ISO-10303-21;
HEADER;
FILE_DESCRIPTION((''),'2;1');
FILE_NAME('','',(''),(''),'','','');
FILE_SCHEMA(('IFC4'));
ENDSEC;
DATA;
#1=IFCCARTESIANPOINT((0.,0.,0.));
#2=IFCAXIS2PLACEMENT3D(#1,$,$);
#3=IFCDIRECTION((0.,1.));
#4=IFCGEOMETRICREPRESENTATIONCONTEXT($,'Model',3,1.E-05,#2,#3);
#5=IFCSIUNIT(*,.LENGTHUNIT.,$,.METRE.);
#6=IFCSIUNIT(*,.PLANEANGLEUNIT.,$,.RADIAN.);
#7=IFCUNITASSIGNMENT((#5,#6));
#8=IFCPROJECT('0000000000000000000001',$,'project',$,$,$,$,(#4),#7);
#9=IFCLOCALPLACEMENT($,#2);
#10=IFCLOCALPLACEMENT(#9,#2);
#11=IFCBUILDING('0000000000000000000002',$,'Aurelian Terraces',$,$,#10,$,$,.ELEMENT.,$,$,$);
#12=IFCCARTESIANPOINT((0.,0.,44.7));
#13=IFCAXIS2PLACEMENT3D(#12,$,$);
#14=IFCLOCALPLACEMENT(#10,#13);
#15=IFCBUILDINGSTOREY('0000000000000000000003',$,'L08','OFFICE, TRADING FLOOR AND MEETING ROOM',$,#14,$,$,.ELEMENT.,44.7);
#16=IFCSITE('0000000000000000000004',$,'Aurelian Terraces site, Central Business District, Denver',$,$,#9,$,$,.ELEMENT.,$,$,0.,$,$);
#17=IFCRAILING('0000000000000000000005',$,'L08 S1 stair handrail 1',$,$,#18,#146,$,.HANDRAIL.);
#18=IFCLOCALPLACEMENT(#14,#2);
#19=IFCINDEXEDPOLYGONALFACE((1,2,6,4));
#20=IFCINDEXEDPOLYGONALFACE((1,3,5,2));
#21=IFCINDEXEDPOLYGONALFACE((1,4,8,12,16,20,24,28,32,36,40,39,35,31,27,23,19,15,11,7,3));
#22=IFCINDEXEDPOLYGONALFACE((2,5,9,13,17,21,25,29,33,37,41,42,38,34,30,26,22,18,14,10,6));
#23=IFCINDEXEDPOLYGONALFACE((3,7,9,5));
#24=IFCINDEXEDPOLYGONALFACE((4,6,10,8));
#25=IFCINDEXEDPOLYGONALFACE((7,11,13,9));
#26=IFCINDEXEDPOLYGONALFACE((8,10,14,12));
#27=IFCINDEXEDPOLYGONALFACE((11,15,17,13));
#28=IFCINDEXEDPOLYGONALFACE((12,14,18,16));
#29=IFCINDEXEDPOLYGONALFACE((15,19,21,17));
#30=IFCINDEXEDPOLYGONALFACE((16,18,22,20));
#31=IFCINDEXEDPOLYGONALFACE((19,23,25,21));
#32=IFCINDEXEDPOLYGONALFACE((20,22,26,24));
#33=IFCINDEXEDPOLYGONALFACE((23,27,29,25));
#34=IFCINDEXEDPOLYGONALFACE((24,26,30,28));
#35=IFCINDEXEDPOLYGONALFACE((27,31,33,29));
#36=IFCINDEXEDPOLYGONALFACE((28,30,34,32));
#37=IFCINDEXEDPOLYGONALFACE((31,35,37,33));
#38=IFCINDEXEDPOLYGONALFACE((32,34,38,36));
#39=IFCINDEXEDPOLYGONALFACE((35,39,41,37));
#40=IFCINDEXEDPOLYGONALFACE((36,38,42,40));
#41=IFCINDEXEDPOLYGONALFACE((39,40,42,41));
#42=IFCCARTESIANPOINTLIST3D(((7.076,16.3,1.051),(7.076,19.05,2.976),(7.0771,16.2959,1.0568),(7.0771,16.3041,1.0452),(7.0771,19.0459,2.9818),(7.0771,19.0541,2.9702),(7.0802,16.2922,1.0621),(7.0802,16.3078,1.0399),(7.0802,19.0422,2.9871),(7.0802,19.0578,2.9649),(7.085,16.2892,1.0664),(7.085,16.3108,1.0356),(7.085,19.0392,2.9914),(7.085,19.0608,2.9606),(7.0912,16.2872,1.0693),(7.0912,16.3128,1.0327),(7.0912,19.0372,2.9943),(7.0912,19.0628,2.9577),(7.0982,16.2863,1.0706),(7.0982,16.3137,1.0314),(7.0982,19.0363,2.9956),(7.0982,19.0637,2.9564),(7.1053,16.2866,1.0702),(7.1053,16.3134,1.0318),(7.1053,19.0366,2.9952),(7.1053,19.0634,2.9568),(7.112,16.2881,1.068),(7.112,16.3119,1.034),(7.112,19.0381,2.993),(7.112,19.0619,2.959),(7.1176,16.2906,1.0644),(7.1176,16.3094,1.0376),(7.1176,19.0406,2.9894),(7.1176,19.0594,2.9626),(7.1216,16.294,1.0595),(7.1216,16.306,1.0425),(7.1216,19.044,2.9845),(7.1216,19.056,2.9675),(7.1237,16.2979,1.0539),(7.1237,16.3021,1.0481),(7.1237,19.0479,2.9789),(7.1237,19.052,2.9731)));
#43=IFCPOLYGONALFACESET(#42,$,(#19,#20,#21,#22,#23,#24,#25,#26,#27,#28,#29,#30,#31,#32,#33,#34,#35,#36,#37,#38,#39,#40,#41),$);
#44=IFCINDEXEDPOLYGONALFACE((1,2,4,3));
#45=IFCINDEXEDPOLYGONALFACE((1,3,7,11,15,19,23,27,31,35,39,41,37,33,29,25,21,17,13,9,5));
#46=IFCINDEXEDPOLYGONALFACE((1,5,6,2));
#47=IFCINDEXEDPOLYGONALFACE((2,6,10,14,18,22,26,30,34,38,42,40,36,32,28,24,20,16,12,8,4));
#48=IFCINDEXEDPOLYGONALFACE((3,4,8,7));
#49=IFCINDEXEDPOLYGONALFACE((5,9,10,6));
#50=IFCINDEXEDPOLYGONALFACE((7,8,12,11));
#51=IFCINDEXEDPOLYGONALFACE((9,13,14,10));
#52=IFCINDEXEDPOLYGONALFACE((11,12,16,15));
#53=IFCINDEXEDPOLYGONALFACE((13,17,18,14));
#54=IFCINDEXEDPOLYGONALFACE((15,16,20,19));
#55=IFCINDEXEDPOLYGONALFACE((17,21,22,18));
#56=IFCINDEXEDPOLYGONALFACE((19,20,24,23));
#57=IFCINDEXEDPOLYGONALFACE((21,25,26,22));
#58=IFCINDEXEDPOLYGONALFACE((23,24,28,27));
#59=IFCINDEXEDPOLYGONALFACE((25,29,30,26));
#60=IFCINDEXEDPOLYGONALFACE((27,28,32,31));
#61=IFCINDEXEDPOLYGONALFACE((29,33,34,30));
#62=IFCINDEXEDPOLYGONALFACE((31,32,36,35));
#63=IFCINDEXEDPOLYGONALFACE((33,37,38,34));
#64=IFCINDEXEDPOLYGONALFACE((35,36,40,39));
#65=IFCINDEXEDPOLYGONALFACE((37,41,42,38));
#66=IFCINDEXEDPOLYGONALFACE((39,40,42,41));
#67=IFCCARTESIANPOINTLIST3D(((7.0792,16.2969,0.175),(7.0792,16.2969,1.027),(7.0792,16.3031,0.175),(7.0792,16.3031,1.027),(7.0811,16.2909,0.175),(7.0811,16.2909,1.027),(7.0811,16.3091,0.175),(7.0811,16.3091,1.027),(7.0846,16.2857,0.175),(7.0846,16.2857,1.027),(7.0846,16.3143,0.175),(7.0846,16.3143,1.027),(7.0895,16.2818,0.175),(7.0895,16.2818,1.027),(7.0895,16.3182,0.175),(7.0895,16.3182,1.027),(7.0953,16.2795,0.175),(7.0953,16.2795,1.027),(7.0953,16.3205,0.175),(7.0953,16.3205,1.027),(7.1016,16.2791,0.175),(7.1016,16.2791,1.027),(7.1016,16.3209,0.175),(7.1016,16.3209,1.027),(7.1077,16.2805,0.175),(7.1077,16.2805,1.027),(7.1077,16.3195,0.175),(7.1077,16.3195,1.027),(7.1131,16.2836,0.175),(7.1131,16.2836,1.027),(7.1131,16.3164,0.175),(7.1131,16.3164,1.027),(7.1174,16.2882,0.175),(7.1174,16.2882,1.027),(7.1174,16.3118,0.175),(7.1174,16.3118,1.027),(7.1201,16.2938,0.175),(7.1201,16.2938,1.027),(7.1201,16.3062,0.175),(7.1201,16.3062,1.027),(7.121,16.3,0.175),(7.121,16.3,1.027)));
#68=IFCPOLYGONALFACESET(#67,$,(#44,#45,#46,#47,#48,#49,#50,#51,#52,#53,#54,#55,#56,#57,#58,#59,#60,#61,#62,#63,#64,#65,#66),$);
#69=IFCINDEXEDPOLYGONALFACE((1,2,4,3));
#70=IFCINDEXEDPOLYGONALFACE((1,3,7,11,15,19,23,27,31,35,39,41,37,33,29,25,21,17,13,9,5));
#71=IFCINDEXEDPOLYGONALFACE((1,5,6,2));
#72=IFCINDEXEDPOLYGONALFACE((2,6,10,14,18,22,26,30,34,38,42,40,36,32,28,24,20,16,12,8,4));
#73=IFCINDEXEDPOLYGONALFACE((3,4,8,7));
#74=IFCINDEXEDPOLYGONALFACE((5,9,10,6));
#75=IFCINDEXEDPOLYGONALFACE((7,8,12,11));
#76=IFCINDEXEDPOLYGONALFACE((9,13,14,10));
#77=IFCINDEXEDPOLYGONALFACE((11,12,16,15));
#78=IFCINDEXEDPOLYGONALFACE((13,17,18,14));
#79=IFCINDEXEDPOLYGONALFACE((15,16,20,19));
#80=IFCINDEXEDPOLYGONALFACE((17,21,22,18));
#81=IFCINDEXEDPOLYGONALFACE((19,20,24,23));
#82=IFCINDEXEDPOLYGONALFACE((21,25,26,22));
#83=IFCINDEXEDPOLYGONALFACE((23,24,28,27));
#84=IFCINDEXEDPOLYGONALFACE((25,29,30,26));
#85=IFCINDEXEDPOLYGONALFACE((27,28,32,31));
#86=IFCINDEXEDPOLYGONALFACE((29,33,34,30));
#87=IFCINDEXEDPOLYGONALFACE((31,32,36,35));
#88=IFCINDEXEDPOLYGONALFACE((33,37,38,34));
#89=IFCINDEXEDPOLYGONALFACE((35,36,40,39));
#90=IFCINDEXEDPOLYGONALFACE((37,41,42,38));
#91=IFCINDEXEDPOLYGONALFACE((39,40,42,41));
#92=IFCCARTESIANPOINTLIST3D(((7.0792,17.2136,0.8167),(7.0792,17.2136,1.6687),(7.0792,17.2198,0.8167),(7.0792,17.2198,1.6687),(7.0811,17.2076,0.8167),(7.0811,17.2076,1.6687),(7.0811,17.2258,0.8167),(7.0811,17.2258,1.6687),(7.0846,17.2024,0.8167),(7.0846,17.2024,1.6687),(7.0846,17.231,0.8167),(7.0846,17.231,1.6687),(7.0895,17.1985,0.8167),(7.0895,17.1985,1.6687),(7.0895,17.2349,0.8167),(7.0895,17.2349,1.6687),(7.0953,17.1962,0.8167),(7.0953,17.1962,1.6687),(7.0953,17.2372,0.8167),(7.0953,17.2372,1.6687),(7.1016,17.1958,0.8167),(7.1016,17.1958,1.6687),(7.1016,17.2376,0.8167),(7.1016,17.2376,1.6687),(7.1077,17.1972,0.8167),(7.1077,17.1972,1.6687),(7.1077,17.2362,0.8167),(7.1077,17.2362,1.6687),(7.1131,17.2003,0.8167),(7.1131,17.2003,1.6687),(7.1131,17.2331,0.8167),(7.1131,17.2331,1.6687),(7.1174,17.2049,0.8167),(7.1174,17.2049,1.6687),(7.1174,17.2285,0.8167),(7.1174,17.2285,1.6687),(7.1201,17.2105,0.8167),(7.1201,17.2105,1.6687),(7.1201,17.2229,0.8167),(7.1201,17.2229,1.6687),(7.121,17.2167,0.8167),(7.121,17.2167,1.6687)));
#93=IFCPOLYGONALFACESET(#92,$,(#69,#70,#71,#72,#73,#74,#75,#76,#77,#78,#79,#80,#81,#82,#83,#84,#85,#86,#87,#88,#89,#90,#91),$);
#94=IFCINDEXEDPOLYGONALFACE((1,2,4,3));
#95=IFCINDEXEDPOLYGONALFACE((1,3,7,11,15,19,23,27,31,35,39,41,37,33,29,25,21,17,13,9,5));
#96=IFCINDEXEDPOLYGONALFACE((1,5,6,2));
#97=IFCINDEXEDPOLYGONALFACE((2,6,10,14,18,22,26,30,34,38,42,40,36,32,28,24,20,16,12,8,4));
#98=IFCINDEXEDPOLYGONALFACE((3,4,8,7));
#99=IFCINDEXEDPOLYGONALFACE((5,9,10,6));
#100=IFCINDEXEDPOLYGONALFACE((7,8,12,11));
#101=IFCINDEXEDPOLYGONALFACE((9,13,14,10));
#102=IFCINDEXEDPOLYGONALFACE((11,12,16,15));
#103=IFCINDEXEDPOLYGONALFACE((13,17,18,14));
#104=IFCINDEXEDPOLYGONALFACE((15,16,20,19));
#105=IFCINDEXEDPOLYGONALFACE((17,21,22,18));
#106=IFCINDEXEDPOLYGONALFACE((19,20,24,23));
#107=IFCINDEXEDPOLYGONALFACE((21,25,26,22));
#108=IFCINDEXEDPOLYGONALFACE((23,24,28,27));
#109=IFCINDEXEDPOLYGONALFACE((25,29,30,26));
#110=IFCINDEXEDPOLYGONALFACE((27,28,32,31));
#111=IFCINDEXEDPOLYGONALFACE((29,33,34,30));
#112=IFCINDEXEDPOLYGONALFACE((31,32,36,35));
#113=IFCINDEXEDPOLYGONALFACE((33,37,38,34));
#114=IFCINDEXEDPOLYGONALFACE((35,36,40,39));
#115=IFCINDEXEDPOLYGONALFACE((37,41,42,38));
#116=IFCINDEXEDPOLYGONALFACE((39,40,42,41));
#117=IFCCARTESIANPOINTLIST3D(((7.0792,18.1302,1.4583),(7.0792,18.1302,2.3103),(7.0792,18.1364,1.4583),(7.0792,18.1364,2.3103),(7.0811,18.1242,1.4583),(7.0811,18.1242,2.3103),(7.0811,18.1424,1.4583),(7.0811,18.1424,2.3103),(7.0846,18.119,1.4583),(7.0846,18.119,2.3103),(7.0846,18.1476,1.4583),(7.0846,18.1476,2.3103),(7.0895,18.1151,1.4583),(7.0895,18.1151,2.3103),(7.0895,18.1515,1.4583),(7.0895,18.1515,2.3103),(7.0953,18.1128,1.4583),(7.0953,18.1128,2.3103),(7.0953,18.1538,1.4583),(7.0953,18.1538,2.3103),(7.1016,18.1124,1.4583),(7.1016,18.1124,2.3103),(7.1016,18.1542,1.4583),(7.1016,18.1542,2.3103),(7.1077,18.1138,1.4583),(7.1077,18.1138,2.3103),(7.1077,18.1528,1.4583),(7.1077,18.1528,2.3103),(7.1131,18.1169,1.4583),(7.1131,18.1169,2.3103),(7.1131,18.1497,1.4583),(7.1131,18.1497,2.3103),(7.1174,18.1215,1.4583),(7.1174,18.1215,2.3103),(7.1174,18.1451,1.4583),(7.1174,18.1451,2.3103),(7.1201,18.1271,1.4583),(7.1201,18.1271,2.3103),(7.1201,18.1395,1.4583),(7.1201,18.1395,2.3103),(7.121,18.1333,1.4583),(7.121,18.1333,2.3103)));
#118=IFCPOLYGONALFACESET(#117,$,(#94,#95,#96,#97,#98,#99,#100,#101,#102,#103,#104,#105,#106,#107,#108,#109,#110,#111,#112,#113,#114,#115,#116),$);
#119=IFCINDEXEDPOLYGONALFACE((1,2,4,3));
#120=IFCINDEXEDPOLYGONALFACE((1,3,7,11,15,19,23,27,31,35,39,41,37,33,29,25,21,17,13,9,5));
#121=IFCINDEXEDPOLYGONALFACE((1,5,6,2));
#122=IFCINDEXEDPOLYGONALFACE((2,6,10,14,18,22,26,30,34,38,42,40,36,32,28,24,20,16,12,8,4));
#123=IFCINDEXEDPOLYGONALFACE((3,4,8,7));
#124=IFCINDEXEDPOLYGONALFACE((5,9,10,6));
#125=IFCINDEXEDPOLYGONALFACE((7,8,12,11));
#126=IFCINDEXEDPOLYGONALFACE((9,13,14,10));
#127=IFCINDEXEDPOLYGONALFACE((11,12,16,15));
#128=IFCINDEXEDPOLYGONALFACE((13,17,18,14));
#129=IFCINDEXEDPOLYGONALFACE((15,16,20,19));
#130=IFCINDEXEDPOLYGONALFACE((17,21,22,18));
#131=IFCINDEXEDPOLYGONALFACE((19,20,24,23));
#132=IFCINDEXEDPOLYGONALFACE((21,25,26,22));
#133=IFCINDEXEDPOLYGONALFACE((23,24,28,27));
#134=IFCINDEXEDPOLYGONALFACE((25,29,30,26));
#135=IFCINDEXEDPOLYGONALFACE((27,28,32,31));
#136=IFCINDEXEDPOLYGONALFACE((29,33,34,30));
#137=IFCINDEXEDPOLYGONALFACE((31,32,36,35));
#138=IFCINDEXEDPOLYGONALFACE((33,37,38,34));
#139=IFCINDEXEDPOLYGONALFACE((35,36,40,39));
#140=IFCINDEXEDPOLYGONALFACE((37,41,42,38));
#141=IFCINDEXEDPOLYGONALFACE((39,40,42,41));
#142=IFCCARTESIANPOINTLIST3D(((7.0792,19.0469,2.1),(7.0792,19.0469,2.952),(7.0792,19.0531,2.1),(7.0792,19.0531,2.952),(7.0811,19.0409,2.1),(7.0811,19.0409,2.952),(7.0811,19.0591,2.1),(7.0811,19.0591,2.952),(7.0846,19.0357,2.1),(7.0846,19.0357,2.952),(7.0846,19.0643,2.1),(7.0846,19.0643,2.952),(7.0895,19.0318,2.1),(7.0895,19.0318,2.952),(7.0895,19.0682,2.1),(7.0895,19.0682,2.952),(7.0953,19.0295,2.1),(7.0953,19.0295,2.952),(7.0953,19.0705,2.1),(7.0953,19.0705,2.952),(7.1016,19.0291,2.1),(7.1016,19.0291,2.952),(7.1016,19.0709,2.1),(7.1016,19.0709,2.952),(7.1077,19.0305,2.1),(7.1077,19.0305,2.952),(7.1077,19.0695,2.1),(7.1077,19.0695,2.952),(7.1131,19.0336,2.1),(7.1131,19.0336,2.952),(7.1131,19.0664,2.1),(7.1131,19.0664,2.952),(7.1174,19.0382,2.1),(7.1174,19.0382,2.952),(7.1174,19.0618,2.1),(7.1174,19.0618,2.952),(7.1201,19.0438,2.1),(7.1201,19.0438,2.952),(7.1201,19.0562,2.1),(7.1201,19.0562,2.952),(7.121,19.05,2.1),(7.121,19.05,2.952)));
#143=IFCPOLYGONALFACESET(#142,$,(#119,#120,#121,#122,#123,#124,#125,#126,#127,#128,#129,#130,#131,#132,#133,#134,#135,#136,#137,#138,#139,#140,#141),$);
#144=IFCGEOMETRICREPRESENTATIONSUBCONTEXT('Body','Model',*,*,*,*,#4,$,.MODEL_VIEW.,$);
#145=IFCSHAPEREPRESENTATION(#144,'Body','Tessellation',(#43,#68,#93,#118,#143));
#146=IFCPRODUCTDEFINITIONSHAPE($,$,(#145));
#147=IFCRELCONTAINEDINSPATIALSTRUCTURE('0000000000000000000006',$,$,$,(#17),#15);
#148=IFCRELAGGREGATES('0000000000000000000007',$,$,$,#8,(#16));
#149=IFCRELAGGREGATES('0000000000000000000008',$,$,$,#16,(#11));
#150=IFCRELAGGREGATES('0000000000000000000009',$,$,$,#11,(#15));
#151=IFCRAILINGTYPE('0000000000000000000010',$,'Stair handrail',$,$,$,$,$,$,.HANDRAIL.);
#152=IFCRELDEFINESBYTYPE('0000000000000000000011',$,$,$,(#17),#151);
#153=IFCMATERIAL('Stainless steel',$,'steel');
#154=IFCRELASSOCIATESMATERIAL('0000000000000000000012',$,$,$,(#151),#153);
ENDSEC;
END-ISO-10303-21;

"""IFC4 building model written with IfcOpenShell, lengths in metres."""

from ifc_helpers import new_model, si_unit, direction, frame, origin, origin_2d, place, context, subcontext, project, spatial, circle, extrude, source, transform, mapped, material, type_object, element, save


model = new_model("IFC4")

# Units and contexts
model_context = context("Model", 3, precision=1e-05, world=origin(), true_north=direction((0.0, 1.0)))
body_context = subcontext(model_context, "Body", "Model", "MODEL_VIEW")
ifc_project = project(units=[si_unit("LENGTHUNIT", "METRE"), si_unit("PLANEANGLEUNIT", "RADIAN")], contexts=[model_context])

# Site, building, storey
site_placement = place(None, origin())
site = spatial("IfcSite", under=ifc_project, at=site_placement, Name="Aurelian Terraces site, Central Business District, Denver", CompositionType="ELEMENT", RefElevation=0.0)
building_placement = place(site_placement, origin())
building = spatial("IfcBuilding", under=site, at=building_placement, Name="Aurelian Terraces", CompositionType="ELEMENT")
storey_placement = place(building_placement, frame((0.0, 0.0, 44.7)))
storey = spatial("IfcBuildingStorey", under=building, at=storey_placement, Name="L08", Description="OFFICE, TRADING FLOOR AND MEETING ROOM", CompositionType="ELEMENT", Elevation=44.7)

# Railing
ifc_material_1 = material(Name="Stainless steel", Category="steel")
railing_type_1 = type_object("IfcRailingType", Name="Stair handrail", PredefinedType="HANDRAIL", material=ifc_material_1)
shared_shape_1 = source(origin(), body_context, "Body", "SweptSolid", [
    extrude(circle(Radius=0.024, at=origin_2d()), frame((0.0, 0.0, 0.876), z_axis=(0.0, 0.819232, 0.573462), x_axis=(-1.0, 0.0, 0.0)), (0.0, 0.0, 1.0), 3.3568),
    extrude(circle(Radius=0.021, at=origin_2d()), origin(), (0.0, 0.0, 1.0), 0.852),
    extrude(circle(Radius=0.021, at=origin_2d()), frame((0.0, 0.9167, 0.6417)), (0.0, 0.0, 1.0), 0.852),
    extrude(circle(Radius=0.021, at=origin_2d()), frame((0.0, 1.8333, 1.2833)), (0.0, 0.0, 1.0), 0.852),
    extrude(circle(Radius=0.021, at=origin_2d()), frame((0.0, 2.75, 1.925)), (0.0, 0.0, 1.0), 0.852),
])
railing_1_placement = place(storey_placement, frame((7.1, 16.3, 0.175)))
element("IfcRailing", 1, at=railing_1_placement, inside=storey, type_object=railing_type_1, Name="L08 S1 stair handrail 1", PredefinedType="HANDRAIL", context=body_context, shape_type="MappedRepresentation", body=[
    mapped(shared_shape_1, transform((0.0, 0.0, 0.0), scale=1.0)),
])

save(model, "model.ifc")
